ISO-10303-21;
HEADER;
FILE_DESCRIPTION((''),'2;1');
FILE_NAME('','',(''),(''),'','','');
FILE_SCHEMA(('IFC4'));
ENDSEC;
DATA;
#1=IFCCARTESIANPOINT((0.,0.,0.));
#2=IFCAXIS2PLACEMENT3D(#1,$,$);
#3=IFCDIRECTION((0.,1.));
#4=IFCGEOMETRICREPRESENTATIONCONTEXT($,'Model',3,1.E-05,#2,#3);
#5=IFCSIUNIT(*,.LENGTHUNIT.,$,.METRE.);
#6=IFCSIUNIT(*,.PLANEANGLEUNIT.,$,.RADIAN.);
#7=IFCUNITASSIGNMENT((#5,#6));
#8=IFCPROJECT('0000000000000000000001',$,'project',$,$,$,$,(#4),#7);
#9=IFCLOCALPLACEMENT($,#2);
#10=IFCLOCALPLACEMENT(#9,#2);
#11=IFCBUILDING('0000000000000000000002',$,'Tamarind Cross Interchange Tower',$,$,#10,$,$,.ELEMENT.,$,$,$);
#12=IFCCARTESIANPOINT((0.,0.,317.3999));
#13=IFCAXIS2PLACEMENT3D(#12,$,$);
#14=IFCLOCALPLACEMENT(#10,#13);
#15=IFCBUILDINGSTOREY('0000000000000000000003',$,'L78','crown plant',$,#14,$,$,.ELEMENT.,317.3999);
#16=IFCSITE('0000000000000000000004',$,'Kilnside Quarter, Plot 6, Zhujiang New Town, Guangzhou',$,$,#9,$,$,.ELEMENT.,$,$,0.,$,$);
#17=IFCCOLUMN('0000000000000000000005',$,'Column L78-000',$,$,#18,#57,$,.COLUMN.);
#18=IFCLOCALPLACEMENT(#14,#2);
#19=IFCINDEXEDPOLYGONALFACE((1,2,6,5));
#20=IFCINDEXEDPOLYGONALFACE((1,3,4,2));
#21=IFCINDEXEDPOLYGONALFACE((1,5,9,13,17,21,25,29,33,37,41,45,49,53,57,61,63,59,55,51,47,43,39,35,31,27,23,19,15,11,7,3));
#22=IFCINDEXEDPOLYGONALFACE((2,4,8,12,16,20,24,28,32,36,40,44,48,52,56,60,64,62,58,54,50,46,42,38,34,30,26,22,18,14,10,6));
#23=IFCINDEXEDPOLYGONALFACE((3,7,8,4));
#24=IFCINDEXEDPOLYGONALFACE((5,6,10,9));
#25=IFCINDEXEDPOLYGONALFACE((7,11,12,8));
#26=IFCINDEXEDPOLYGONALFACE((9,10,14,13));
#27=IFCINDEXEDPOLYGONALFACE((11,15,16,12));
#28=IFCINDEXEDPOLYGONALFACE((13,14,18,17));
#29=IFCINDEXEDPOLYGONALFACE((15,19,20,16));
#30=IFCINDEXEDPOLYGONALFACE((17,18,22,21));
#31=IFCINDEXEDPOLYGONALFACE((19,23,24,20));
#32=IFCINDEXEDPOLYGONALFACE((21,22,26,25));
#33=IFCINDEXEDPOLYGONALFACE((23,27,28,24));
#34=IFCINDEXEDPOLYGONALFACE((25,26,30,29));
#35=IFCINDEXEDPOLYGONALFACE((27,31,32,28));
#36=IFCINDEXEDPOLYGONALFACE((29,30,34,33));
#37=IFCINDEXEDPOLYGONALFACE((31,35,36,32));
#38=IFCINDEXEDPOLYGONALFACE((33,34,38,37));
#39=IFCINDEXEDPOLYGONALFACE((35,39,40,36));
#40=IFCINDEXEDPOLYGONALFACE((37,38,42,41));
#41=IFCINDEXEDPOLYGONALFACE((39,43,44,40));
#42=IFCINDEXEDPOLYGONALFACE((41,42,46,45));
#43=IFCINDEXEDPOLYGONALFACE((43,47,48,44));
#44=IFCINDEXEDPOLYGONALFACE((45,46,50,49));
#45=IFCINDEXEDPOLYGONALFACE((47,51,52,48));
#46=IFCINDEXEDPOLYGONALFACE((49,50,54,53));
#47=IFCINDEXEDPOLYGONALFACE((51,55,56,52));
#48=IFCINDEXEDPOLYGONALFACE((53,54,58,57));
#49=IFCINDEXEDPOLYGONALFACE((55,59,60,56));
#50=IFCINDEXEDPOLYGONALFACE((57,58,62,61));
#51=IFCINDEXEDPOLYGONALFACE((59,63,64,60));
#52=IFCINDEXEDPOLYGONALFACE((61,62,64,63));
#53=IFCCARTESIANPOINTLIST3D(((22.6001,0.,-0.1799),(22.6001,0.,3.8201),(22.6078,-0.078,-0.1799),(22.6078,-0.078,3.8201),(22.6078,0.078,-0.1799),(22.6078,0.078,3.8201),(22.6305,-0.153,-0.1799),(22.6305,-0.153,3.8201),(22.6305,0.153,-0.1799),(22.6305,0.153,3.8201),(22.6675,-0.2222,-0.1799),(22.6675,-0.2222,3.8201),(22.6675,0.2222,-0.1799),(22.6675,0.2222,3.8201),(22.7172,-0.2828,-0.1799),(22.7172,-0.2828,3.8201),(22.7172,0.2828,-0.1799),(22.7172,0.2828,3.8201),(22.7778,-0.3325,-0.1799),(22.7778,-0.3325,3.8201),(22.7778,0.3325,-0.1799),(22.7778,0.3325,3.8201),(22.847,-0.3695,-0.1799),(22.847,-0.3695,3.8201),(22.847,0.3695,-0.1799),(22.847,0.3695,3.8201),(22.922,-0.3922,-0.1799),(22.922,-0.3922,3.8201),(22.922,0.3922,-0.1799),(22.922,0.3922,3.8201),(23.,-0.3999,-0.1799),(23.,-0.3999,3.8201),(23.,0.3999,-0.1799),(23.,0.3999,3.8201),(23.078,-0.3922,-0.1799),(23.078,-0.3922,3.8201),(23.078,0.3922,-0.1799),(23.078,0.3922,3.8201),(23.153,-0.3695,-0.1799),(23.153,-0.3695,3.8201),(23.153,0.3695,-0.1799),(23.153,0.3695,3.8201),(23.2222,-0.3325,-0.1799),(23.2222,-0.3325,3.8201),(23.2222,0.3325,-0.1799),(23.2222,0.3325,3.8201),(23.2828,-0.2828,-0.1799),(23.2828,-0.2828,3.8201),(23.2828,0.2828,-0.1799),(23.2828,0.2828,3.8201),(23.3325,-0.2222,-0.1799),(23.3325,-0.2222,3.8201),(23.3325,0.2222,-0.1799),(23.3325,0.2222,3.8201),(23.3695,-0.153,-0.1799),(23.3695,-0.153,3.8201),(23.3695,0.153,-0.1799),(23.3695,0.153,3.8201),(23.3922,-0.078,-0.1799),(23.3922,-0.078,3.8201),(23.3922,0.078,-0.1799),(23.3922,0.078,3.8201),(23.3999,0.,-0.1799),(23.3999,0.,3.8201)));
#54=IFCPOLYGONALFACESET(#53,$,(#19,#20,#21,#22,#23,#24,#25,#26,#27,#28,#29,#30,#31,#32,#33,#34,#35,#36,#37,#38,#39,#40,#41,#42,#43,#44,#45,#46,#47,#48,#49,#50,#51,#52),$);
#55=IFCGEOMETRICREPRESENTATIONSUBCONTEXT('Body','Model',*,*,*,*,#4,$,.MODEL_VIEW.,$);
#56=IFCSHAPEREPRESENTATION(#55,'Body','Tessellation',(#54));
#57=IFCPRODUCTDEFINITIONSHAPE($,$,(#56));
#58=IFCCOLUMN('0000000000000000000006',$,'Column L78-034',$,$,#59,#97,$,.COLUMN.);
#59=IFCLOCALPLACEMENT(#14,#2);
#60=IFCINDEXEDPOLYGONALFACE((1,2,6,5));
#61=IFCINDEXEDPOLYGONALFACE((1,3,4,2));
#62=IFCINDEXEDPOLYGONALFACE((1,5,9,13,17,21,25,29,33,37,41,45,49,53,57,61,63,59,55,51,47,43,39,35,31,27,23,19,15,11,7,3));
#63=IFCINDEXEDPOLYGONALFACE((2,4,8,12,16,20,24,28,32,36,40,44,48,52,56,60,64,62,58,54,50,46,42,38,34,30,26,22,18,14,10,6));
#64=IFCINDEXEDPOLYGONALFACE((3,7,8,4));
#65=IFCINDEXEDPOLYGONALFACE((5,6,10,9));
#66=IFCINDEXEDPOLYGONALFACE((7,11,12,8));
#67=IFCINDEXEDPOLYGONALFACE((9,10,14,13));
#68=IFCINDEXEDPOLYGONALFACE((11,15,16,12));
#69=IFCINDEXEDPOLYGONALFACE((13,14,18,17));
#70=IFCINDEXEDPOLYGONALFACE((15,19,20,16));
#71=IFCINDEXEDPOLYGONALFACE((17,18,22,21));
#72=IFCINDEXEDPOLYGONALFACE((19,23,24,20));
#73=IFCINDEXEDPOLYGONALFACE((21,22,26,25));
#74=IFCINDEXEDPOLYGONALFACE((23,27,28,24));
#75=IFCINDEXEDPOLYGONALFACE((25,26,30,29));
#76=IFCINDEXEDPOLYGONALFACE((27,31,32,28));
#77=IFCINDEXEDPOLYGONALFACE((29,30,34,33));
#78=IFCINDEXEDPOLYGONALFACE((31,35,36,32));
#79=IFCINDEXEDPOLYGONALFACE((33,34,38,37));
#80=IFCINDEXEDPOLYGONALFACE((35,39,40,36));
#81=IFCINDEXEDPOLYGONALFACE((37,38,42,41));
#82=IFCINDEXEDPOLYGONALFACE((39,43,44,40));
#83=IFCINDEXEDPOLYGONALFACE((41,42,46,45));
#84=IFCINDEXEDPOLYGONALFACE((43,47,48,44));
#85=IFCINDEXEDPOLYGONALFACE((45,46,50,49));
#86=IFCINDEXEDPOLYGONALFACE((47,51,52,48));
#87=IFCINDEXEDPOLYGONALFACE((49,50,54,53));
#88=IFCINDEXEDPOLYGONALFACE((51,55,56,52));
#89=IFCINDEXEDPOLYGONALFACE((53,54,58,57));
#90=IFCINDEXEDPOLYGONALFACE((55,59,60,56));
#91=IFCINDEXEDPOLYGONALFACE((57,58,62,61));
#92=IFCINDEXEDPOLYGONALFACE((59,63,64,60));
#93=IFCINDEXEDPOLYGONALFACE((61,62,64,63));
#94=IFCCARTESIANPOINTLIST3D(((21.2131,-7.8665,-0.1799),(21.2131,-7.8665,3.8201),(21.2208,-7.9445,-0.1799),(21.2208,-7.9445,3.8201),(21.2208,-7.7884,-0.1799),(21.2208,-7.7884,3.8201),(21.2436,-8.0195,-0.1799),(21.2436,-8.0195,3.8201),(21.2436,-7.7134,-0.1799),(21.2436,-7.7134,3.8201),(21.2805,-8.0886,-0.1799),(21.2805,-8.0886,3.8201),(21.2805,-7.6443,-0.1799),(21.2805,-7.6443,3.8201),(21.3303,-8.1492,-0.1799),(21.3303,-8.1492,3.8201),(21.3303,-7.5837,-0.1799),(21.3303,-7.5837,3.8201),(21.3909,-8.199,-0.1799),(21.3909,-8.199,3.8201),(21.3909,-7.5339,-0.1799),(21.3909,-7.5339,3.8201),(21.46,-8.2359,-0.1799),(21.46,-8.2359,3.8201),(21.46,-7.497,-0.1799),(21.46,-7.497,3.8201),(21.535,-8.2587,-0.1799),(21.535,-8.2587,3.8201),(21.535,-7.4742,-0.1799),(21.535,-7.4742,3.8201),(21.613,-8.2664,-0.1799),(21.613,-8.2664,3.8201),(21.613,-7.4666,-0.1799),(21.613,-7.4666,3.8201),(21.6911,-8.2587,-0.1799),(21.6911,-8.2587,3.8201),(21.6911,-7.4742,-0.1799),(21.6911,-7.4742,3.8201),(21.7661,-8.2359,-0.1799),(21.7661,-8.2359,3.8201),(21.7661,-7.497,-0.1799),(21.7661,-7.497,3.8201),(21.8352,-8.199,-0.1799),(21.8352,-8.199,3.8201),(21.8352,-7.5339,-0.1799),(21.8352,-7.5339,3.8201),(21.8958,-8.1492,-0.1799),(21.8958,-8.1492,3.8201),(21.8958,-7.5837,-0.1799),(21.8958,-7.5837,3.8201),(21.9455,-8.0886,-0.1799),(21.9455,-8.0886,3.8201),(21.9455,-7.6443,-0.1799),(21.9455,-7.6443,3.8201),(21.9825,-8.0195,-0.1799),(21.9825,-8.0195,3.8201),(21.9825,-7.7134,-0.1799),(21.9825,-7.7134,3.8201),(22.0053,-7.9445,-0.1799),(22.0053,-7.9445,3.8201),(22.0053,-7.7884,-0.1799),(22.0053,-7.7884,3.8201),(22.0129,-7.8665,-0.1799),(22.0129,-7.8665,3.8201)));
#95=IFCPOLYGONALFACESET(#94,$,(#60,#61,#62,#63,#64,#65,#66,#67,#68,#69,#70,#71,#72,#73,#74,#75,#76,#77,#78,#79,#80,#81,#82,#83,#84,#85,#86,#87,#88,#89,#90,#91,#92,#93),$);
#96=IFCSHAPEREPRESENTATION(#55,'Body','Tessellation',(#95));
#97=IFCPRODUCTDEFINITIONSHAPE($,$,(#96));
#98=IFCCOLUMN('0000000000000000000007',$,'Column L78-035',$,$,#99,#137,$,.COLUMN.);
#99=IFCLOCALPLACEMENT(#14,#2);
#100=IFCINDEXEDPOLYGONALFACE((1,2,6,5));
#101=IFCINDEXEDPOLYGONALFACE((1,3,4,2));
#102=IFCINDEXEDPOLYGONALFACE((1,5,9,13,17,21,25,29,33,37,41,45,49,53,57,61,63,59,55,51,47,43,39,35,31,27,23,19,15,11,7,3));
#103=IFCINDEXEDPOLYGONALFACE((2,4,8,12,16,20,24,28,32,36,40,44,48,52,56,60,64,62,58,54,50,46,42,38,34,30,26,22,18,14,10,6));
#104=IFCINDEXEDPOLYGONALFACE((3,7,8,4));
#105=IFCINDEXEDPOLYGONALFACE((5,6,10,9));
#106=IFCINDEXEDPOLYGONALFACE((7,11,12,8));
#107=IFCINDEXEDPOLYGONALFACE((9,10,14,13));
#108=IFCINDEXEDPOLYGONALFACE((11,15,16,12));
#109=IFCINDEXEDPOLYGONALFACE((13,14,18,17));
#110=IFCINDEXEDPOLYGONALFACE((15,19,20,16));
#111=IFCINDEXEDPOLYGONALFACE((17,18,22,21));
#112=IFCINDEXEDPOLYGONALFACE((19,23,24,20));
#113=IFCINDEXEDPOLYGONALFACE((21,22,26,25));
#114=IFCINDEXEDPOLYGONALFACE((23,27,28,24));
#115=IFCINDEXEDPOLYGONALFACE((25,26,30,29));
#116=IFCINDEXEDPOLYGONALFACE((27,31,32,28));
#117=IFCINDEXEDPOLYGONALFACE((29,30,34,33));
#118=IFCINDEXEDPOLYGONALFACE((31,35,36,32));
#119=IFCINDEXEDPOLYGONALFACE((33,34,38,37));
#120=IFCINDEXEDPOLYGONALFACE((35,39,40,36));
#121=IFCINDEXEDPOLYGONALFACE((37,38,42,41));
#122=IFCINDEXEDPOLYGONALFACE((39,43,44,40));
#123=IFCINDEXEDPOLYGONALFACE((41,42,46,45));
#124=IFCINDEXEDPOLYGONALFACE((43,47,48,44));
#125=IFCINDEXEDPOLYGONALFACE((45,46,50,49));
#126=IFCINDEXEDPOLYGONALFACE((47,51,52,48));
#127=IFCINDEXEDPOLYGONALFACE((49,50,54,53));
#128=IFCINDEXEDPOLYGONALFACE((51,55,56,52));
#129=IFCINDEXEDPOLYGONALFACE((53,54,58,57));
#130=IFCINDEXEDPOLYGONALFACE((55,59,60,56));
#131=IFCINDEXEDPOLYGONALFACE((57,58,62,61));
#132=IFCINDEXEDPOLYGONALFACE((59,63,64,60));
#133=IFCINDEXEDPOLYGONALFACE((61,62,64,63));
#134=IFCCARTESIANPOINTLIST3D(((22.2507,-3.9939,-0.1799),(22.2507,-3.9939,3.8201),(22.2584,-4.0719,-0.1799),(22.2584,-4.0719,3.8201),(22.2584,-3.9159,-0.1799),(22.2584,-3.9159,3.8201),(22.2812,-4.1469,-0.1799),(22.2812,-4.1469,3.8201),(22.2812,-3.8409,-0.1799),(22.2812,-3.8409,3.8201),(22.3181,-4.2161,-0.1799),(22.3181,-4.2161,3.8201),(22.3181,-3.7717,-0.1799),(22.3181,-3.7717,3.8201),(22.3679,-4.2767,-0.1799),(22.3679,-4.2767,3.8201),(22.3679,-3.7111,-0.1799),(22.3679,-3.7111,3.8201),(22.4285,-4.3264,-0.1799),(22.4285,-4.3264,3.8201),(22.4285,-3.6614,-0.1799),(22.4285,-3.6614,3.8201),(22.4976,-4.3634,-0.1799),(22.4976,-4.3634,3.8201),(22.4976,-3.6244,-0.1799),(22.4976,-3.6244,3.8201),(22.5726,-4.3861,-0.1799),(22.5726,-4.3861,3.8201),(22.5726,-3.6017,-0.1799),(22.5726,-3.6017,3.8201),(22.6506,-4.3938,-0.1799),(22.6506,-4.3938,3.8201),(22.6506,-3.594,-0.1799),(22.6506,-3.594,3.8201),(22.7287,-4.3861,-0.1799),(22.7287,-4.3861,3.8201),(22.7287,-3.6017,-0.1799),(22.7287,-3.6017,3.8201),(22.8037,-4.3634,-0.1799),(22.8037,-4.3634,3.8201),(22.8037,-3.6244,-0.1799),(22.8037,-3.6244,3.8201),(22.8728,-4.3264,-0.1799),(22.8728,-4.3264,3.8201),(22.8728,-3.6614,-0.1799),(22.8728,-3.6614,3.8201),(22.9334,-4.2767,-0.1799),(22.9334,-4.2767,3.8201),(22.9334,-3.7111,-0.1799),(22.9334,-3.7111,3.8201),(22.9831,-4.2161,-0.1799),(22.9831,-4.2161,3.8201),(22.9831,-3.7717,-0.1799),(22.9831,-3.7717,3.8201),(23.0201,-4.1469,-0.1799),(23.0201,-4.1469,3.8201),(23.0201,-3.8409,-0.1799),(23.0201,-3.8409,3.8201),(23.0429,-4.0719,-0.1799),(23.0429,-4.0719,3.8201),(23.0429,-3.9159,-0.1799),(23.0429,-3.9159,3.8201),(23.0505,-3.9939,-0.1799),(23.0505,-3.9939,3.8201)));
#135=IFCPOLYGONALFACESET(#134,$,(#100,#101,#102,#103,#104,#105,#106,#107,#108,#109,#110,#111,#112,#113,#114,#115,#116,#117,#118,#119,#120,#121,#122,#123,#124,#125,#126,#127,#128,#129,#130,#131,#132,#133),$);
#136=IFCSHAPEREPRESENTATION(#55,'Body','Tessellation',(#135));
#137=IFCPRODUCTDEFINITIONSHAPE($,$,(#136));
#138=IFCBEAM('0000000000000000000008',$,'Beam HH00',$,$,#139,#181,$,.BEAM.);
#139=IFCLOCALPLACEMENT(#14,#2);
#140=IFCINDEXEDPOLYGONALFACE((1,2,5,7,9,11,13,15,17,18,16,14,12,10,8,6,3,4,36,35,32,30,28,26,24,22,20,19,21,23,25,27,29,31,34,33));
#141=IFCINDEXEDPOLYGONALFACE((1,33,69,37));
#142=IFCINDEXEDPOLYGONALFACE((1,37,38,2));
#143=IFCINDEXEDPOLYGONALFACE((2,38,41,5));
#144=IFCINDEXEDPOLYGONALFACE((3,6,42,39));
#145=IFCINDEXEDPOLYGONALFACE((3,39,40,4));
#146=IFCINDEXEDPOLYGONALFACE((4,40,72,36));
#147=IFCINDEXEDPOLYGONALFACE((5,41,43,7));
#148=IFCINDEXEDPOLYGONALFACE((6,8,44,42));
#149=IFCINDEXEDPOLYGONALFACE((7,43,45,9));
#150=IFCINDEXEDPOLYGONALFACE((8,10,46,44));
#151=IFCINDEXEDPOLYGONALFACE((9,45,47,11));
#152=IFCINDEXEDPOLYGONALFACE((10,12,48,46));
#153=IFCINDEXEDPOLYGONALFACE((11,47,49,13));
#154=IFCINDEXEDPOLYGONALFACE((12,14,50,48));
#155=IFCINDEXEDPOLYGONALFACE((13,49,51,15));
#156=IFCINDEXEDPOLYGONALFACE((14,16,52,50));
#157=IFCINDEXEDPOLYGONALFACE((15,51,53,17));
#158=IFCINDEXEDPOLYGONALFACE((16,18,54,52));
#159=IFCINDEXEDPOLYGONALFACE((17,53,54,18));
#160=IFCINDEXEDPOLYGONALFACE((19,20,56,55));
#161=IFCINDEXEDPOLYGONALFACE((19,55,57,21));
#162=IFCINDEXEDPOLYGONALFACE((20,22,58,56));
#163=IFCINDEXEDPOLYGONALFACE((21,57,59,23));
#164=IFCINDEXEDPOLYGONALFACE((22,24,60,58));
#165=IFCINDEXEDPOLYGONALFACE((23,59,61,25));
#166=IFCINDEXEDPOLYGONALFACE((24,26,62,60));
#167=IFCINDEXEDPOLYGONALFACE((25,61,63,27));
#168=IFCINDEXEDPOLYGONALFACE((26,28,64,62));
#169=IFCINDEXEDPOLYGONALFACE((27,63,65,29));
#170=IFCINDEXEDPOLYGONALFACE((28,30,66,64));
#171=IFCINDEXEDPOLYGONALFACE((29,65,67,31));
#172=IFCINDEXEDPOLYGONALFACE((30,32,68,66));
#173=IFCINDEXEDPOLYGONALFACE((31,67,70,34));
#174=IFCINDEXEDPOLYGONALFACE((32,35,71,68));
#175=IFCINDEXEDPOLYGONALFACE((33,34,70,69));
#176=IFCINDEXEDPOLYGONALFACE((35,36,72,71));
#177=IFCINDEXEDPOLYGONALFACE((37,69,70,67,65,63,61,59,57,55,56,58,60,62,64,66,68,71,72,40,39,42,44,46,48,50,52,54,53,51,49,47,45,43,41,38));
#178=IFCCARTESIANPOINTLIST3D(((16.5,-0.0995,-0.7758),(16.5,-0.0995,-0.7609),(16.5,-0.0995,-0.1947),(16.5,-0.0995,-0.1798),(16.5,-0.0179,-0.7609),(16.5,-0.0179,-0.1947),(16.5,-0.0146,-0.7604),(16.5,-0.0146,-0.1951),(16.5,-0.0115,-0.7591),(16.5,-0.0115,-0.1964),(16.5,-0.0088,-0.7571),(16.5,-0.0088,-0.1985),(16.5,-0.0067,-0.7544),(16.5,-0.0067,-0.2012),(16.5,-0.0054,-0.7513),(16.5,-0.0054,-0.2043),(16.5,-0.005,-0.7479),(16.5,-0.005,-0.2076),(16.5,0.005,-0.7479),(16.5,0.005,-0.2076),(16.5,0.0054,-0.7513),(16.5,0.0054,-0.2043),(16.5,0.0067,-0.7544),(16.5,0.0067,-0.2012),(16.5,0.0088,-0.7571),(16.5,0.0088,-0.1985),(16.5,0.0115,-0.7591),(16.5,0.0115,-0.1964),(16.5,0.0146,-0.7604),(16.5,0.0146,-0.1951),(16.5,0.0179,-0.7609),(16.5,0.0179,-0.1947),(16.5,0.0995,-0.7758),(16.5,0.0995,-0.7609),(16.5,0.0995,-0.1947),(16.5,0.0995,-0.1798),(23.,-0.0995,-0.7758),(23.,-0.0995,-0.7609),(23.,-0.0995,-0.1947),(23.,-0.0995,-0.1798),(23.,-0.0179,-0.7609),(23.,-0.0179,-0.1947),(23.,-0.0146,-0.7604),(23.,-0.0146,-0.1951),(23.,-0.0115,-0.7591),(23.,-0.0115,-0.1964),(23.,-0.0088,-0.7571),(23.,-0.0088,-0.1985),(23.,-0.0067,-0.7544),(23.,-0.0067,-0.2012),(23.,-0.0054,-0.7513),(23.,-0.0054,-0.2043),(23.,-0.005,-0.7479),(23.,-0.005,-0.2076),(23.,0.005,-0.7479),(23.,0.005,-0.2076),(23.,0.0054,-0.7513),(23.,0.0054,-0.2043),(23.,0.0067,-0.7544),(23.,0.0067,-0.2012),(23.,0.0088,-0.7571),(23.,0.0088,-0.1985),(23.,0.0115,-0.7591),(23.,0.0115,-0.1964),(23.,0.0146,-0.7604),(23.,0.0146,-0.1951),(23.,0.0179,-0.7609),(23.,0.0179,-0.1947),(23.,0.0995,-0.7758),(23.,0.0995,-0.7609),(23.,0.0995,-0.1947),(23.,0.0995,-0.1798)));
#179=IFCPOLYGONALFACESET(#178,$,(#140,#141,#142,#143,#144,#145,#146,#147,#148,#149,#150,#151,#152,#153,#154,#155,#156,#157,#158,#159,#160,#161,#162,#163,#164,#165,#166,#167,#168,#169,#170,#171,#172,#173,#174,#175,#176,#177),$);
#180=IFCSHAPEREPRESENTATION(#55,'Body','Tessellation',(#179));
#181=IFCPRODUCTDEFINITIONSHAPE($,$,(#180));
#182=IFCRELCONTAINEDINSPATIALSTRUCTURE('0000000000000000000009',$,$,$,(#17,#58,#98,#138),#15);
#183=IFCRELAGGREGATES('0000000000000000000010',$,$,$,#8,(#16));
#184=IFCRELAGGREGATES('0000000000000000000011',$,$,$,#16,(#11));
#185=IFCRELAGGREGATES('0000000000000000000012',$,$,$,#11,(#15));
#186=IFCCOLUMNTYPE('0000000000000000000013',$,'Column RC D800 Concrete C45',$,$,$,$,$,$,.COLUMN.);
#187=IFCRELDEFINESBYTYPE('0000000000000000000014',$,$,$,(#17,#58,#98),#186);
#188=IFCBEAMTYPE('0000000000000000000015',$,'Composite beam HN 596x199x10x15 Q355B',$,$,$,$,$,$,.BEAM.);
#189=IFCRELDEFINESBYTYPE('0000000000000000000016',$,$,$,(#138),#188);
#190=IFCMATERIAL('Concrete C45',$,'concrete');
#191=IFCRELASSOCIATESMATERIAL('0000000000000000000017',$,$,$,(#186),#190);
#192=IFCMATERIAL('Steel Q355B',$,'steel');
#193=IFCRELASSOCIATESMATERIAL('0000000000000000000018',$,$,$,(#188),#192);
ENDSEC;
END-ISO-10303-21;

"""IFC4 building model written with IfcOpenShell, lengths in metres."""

from ifc_helpers import new_model, si_unit, direction, frame, origin, origin_2d, place, context, subcontext, project, spatial, circle, i_section, extrude, material, material_profile, profile_set, type_object, element, save


model = new_model("IFC4")

# Units and contexts
model_context = context("Model", 3, precision=1e-05, world=origin(), true_north=direction((0.0, 1.0)))
body_context = subcontext(model_context, "Body", "Model", "MODEL_VIEW")
ifc_project = project(units=[si_unit("LENGTHUNIT", "METRE"), si_unit("PLANEANGLEUNIT", "RADIAN")], contexts=[model_context])

# Site, building, storey
site_placement = place(None, origin())
site = spatial("IfcSite", under=ifc_project, at=site_placement, Name="Kilnside Quarter, Plot 6, Zhujiang New Town, Guangzhou", CompositionType="ELEMENT", RefElevation=0.0)
building_placement = place(site_placement, origin())
building = spatial("IfcBuilding", under=site, at=building_placement, Name="Tamarind Cross Interchange Tower", CompositionType="ELEMENT")
storey_placement = place(building_placement, frame((0.0, 0.0, 317.3999)))
storey = spatial("IfcBuildingStorey", under=building, at=storey_placement, Name="L78", Description="crown plant", CompositionType="ELEMENT", Elevation=317.3999)

# Columns
ifc_material_1 = material(Name="Concrete C45", Category="concrete")
ifc_material_profile_1 = material_profile(ifc_material_1, circle(Radius=0.3999, at=origin_2d()), Name="RC D800")
ifc_profile_set_1 = profile_set([ifc_material_profile_1], Name="Concrete C45")
column_type = type_object("IfcColumnType", Name="Column RC D800 Concrete C45", PredefinedType="COLUMN", material=ifc_profile_set_1)
for number, where, z_axis, x_axis, name in (
    (1, (23.0, 0.0, -0.1799), (0.0, 0.0, 1.0), (1.0, 0.0, 0.0), "Column L78-000"),
    (2, (21.613, -7.8665, -0.1799), (0.0, 0.0, 1.0), (1.0, 0.0, 0.0), "Column L78-034"),
    (3, (22.6506, -3.9939, -0.1799), (0.0, 0.0, 1.0), (1.0, 0.0, 0.0), "Column L78-035"),
):
    element("IfcColumn", number, at=place(storey_placement, frame(where, z_axis=z_axis, x_axis=x_axis)), inside=storey, type_object=column_type, Name=name, PredefinedType="COLUMN", context=body_context, shape_type="SweptSolid", body=[
        extrude(circle(Radius=0.3999, at=origin_2d()), origin(), (0.0, 0.0, 1.0), 4.0),
    ])

# Beam
ifc_material_2 = material(Name="Steel Q355B", Category="steel")
ifc_material_profile_2 = material_profile(ifc_material_2, i_section(OverallWidth=0.199, OverallDepth=0.5959, WebThickness=0.01, FlangeThickness=0.0149, FilletRadius=0.0129, at=origin_2d()), Name="HN 596x199x10x15")
ifc_profile_set_2 = profile_set([ifc_material_profile_2], Name="Steel Q355B")
beam_type = type_object("IfcBeamType", Name="Composite beam HN 596x199x10x15 Q355B", PredefinedType="BEAM", material=ifc_profile_set_2)
beam_1_placement = place(storey_placement, frame((23.0, 0.0, -0.4778), z_axis=(-1.0, 0.0, 0.0), x_axis=(0.0, -1.0, 0.0)))
element("IfcBeam", 4, at=beam_1_placement, inside=storey, type_object=beam_type, Name="Beam HH00", PredefinedType="BEAM", context=body_context, shape_type="SweptSolid", body=[
    extrude(i_section(OverallWidth=0.199, OverallDepth=0.5959, WebThickness=0.01, FlangeThickness=0.0149, FilletRadius=0.0129, at=origin_2d()), origin(), (0.0, 0.0, 1.0), 6.5),
])

save(model, "model.ifc")
